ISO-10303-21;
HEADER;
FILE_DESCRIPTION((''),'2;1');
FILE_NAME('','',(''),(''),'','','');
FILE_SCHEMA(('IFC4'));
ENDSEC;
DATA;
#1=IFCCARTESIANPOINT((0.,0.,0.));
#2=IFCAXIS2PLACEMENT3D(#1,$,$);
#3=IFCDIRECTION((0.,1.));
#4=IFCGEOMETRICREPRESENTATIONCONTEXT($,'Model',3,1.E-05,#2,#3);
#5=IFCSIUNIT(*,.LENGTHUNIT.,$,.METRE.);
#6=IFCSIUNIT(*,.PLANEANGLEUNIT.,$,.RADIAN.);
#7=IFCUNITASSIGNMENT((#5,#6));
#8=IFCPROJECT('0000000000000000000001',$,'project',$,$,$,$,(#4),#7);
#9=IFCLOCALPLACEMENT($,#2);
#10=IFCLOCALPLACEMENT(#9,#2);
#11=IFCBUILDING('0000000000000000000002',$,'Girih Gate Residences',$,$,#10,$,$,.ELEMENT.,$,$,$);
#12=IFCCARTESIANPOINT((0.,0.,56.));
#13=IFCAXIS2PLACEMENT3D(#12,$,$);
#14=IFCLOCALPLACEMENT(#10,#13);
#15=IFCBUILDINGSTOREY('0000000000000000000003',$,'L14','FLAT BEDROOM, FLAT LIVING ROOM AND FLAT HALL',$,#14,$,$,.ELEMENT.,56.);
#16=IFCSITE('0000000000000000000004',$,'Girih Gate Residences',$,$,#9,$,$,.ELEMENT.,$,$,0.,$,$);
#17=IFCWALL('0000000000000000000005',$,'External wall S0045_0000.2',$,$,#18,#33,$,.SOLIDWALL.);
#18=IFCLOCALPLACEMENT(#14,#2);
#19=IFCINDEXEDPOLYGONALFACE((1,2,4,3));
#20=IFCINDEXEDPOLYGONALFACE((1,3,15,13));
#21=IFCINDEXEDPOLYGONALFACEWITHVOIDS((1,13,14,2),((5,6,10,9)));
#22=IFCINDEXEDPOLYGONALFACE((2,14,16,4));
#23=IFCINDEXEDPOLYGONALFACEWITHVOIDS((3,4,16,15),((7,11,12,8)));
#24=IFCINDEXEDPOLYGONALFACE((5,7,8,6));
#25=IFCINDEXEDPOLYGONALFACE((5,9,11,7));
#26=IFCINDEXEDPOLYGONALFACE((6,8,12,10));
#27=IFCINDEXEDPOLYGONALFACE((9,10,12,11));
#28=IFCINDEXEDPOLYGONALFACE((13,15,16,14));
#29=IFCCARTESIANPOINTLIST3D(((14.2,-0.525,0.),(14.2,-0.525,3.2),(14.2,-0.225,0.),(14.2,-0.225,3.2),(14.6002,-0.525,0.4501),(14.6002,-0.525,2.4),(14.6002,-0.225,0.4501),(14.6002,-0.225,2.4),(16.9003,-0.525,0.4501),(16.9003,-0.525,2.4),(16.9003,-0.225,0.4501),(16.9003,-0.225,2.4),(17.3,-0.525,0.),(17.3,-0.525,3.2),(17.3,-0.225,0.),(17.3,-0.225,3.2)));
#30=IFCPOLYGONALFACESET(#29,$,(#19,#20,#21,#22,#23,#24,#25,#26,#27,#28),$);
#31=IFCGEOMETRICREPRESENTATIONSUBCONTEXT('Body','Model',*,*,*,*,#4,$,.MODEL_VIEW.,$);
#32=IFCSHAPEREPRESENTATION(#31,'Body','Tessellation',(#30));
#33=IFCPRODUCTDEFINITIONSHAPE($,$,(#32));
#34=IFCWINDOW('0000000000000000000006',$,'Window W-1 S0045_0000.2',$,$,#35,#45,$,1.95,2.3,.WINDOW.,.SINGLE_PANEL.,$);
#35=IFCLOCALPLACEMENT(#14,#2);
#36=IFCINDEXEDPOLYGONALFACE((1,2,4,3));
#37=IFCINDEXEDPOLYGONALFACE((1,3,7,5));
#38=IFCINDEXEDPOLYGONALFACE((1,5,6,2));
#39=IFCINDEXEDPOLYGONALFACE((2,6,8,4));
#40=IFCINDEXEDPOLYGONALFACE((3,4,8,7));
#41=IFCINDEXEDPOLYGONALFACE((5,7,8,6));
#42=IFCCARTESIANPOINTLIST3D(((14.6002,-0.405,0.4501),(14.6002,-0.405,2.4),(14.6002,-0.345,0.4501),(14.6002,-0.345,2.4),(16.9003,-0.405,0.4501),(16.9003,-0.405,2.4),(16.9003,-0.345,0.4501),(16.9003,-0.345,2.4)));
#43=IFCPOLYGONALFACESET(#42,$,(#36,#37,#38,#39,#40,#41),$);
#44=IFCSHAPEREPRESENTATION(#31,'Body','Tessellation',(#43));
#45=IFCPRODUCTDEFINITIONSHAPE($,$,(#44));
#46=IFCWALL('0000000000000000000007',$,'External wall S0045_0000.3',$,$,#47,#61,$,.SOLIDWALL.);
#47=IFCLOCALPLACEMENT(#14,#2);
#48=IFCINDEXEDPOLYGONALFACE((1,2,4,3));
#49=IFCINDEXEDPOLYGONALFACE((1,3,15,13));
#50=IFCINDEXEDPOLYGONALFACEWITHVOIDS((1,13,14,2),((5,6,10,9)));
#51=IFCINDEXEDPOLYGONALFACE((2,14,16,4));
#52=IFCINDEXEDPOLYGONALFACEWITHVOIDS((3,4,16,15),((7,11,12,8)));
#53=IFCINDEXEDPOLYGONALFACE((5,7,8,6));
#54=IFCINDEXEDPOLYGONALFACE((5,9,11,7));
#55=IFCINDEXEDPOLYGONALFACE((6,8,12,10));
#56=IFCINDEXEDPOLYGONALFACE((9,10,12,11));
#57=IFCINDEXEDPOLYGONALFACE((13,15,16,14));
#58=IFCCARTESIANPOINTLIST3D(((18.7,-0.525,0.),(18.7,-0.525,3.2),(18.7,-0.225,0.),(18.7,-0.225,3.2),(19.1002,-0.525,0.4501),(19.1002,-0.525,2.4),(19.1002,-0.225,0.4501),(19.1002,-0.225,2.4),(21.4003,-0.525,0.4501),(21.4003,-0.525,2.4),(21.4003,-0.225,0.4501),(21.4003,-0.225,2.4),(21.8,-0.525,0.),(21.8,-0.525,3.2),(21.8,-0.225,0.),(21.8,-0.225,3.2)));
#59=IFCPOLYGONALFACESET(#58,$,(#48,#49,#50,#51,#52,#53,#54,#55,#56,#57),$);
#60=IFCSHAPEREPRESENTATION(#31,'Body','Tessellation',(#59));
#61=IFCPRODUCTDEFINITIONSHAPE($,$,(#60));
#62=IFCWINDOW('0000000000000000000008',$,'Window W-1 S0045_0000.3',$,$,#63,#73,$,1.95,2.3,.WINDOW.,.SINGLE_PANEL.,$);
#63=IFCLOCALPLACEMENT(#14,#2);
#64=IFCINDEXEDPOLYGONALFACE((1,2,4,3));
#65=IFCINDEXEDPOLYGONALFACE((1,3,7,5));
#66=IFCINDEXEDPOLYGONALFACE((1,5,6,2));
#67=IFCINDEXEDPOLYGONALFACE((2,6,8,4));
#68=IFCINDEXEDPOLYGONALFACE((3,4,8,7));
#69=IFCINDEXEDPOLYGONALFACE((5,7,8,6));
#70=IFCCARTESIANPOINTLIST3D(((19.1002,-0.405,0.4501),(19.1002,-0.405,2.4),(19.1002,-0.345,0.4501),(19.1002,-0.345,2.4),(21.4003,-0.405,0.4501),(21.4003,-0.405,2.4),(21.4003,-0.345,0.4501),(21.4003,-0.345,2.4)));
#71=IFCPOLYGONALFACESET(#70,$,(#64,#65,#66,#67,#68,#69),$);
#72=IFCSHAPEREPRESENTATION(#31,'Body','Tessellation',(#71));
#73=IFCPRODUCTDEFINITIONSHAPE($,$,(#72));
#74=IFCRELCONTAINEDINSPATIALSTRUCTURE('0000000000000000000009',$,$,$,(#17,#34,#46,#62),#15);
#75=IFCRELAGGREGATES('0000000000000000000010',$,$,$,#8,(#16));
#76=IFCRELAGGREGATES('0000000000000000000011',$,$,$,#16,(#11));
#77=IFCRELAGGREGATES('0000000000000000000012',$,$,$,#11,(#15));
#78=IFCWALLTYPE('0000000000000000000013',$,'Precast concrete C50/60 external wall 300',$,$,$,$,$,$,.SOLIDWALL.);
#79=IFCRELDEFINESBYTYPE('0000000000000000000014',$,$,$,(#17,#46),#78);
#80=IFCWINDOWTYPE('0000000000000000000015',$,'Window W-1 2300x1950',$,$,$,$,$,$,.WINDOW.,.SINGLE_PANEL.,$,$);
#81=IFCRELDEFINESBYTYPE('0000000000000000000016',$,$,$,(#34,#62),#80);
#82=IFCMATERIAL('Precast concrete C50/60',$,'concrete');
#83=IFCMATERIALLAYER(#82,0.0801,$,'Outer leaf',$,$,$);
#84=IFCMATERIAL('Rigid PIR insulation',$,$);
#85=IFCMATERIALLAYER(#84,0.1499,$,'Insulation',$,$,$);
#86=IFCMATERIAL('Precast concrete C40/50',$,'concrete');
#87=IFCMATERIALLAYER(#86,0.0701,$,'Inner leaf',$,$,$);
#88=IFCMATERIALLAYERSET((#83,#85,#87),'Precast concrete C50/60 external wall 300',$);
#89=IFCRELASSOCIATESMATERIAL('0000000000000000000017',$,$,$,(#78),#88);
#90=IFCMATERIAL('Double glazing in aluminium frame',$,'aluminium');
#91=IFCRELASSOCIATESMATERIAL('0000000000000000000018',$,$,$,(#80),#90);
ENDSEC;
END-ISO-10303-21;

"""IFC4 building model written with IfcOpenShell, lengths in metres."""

from ifc_helpers import new_model, si_unit, direction, frame, frame_2d, origin, place, context, subcontext, project, spatial, rectangle, extrude, material, layer, layer_set, type_object, element, fill, save


model = new_model("IFC4")

# Units and contexts
model_context = context("Model", 3, precision=1e-05, world=origin(), true_north=direction((0.0, 1.0)))
body_context = subcontext(model_context, "Body", "Model", "MODEL_VIEW")
ifc_project = project(units=[si_unit("LENGTHUNIT", "METRE"), si_unit("PLANEANGLEUNIT", "RADIAN")], contexts=[model_context])

# Site, building, storey
site_placement = place(None, origin())
site = spatial("IfcSite", under=ifc_project, at=site_placement, Name="Girih Gate Residences", CompositionType="ELEMENT", RefElevation=0.0)
building_placement = place(site_placement, origin())
building = spatial("IfcBuilding", under=site, at=building_placement, Name="Girih Gate Residences", CompositionType="ELEMENT")
storey_placement = place(building_placement, frame((0.0, 0.0, 56.0)))
storey = spatial("IfcBuildingStorey", under=building, at=storey_placement, Name="L14", Description="FLAT BEDROOM, FLAT LIVING ROOM AND FLAT HALL", CompositionType="ELEMENT", Elevation=56.0)

# Walls, openings, windows
ifc_material_1 = material(Name="Precast concrete C50/60", Category="concrete")
ifc_layer_1 = layer(ifc_material_1, 0.0801, Name="Outer leaf")
ifc_material_2 = material(Name="Rigid PIR insulation")
ifc_layer_2 = layer(ifc_material_2, 0.1499, Name="Insulation")
ifc_material_3 = material(Name="Precast concrete C40/50", Category="concrete")
ifc_layer_3 = layer(ifc_material_3, 0.0701, Name="Inner leaf")
ifc_layer_set_1 = layer_set([ifc_layer_1, ifc_layer_2, ifc_layer_3], Name="Precast concrete C50/60 external wall 300")
wall_type_1 = type_object("IfcWallType", Name="Precast concrete C50/60 external wall 300", PredefinedType="SOLIDWALL", material=ifc_layer_set_1)
wall_1_placement = place(storey_placement, frame((17.3, -0.375, 0.0), z_axis=(0.0, 0.0, 1.0), x_axis=(-1.0, 0.0, 0.0)))
wall_1 = element("IfcWall", 1, at=wall_1_placement, inside=storey, type_object=wall_type_1, Name="External wall S0045_0000.2", PredefinedType="SOLIDWALL", context=body_context, shape_type="SweptSolid", body=[
    extrude(rectangle(XDim=3.1001, YDim=0.3, at=frame_2d((1.55, 0.0))), origin(), (0.0, 0.0, 1.0), 3.2),
])
opening_1_placement = place(wall_1_placement, frame((0.3999, 0.0, 0.45)))
opening_1 = element("IfcOpeningElement", 2, at=opening_1_placement, cuts=wall_1, PredefinedType="OPENING", context=body_context, shape_type="SweptSolid", body=[
    extrude(rectangle(XDim=2.3, YDim=1.95, at=frame_2d((1.1499, 0.9751))), frame((0.0, 0.1599, 0.0), z_axis=(0.0, -1.0, 0.0), x_axis=(1.0, 0.0, 0.0)), (0.0, 0.0, 1.0), 0.3201),
])
ifc_material_4 = material(Name="Double glazing in aluminium frame", Category="aluminium")
window_type = type_object("IfcWindowType", Name="Window W-1 2300x1950", PartitioningType="SINGLE_PANEL", PredefinedType="WINDOW", material=ifc_material_4)
window_1_placement = place(opening_1_placement, origin())
window_1 = element("IfcWindow", 3, at=window_1_placement, inside=storey, type_object=window_type, Name="Window W-1 S0045_0000.2", OverallHeight=1.95, OverallWidth=2.3, PartitioningType="SINGLE_PANEL", PredefinedType="WINDOW", context=body_context, shape_type="SweptSolid", body=[
    extrude(rectangle(XDim=2.3, YDim=1.95, at=frame_2d((1.1499, 0.9751))), frame((0.0, 0.03, 0.0), z_axis=(0.0, -1.0, 0.0), x_axis=(1.0, 0.0, 0.0)), (0.0, 0.0, 1.0), 0.0601),
])
fill(opening_1, window_1)
wall_2_placement = place(storey_placement, frame((21.8, -0.375, 0.0), z_axis=(0.0, 0.0, 1.0), x_axis=(-1.0, 0.0, 0.0)))
wall_2 = element("IfcWall", 4, at=wall_2_placement, inside=storey, type_object=wall_type_1, Name="External wall S0045_0000.3", PredefinedType="SOLIDWALL", context=body_context, shape_type="SweptSolid", body=[
    extrude(rectangle(XDim=3.1001, YDim=0.3, at=frame_2d((1.55, 0.0))), origin(), (0.0, 0.0, 1.0), 3.2),
])
opening_2_placement = place(wall_2_placement, frame((0.3999, 0.0, 0.45)))
opening_2 = element("IfcOpeningElement", 5, at=opening_2_placement, cuts=wall_2, PredefinedType="OPENING", context=body_context, shape_type="SweptSolid", body=[
    extrude(rectangle(XDim=2.3, YDim=1.95, at=frame_2d((1.1499, 0.9751))), frame((0.0, 0.1599, 0.0), z_axis=(0.0, -1.0, 0.0), x_axis=(1.0, 0.0, 0.0)), (0.0, 0.0, 1.0), 0.3201),
])
window_2_placement = place(opening_2_placement, origin())
window_2 = element("IfcWindow", 6, at=window_2_placement, inside=storey, type_object=window_type, Name="Window W-1 S0045_0000.3", OverallHeight=1.95, OverallWidth=2.3, PartitioningType="SINGLE_PANEL", PredefinedType="WINDOW", context=body_context, shape_type="SweptSolid", body=[
    extrude(rectangle(XDim=2.3, YDim=1.95, at=frame_2d((1.1499, 0.9751))), frame((0.0, 0.03, 0.0), z_axis=(0.0, -1.0, 0.0), x_axis=(1.0, 0.0, 0.0)), (0.0, 0.0, 1.0), 0.0601),
])
fill(opening_2, window_2)

save(model, "model.ifc")
